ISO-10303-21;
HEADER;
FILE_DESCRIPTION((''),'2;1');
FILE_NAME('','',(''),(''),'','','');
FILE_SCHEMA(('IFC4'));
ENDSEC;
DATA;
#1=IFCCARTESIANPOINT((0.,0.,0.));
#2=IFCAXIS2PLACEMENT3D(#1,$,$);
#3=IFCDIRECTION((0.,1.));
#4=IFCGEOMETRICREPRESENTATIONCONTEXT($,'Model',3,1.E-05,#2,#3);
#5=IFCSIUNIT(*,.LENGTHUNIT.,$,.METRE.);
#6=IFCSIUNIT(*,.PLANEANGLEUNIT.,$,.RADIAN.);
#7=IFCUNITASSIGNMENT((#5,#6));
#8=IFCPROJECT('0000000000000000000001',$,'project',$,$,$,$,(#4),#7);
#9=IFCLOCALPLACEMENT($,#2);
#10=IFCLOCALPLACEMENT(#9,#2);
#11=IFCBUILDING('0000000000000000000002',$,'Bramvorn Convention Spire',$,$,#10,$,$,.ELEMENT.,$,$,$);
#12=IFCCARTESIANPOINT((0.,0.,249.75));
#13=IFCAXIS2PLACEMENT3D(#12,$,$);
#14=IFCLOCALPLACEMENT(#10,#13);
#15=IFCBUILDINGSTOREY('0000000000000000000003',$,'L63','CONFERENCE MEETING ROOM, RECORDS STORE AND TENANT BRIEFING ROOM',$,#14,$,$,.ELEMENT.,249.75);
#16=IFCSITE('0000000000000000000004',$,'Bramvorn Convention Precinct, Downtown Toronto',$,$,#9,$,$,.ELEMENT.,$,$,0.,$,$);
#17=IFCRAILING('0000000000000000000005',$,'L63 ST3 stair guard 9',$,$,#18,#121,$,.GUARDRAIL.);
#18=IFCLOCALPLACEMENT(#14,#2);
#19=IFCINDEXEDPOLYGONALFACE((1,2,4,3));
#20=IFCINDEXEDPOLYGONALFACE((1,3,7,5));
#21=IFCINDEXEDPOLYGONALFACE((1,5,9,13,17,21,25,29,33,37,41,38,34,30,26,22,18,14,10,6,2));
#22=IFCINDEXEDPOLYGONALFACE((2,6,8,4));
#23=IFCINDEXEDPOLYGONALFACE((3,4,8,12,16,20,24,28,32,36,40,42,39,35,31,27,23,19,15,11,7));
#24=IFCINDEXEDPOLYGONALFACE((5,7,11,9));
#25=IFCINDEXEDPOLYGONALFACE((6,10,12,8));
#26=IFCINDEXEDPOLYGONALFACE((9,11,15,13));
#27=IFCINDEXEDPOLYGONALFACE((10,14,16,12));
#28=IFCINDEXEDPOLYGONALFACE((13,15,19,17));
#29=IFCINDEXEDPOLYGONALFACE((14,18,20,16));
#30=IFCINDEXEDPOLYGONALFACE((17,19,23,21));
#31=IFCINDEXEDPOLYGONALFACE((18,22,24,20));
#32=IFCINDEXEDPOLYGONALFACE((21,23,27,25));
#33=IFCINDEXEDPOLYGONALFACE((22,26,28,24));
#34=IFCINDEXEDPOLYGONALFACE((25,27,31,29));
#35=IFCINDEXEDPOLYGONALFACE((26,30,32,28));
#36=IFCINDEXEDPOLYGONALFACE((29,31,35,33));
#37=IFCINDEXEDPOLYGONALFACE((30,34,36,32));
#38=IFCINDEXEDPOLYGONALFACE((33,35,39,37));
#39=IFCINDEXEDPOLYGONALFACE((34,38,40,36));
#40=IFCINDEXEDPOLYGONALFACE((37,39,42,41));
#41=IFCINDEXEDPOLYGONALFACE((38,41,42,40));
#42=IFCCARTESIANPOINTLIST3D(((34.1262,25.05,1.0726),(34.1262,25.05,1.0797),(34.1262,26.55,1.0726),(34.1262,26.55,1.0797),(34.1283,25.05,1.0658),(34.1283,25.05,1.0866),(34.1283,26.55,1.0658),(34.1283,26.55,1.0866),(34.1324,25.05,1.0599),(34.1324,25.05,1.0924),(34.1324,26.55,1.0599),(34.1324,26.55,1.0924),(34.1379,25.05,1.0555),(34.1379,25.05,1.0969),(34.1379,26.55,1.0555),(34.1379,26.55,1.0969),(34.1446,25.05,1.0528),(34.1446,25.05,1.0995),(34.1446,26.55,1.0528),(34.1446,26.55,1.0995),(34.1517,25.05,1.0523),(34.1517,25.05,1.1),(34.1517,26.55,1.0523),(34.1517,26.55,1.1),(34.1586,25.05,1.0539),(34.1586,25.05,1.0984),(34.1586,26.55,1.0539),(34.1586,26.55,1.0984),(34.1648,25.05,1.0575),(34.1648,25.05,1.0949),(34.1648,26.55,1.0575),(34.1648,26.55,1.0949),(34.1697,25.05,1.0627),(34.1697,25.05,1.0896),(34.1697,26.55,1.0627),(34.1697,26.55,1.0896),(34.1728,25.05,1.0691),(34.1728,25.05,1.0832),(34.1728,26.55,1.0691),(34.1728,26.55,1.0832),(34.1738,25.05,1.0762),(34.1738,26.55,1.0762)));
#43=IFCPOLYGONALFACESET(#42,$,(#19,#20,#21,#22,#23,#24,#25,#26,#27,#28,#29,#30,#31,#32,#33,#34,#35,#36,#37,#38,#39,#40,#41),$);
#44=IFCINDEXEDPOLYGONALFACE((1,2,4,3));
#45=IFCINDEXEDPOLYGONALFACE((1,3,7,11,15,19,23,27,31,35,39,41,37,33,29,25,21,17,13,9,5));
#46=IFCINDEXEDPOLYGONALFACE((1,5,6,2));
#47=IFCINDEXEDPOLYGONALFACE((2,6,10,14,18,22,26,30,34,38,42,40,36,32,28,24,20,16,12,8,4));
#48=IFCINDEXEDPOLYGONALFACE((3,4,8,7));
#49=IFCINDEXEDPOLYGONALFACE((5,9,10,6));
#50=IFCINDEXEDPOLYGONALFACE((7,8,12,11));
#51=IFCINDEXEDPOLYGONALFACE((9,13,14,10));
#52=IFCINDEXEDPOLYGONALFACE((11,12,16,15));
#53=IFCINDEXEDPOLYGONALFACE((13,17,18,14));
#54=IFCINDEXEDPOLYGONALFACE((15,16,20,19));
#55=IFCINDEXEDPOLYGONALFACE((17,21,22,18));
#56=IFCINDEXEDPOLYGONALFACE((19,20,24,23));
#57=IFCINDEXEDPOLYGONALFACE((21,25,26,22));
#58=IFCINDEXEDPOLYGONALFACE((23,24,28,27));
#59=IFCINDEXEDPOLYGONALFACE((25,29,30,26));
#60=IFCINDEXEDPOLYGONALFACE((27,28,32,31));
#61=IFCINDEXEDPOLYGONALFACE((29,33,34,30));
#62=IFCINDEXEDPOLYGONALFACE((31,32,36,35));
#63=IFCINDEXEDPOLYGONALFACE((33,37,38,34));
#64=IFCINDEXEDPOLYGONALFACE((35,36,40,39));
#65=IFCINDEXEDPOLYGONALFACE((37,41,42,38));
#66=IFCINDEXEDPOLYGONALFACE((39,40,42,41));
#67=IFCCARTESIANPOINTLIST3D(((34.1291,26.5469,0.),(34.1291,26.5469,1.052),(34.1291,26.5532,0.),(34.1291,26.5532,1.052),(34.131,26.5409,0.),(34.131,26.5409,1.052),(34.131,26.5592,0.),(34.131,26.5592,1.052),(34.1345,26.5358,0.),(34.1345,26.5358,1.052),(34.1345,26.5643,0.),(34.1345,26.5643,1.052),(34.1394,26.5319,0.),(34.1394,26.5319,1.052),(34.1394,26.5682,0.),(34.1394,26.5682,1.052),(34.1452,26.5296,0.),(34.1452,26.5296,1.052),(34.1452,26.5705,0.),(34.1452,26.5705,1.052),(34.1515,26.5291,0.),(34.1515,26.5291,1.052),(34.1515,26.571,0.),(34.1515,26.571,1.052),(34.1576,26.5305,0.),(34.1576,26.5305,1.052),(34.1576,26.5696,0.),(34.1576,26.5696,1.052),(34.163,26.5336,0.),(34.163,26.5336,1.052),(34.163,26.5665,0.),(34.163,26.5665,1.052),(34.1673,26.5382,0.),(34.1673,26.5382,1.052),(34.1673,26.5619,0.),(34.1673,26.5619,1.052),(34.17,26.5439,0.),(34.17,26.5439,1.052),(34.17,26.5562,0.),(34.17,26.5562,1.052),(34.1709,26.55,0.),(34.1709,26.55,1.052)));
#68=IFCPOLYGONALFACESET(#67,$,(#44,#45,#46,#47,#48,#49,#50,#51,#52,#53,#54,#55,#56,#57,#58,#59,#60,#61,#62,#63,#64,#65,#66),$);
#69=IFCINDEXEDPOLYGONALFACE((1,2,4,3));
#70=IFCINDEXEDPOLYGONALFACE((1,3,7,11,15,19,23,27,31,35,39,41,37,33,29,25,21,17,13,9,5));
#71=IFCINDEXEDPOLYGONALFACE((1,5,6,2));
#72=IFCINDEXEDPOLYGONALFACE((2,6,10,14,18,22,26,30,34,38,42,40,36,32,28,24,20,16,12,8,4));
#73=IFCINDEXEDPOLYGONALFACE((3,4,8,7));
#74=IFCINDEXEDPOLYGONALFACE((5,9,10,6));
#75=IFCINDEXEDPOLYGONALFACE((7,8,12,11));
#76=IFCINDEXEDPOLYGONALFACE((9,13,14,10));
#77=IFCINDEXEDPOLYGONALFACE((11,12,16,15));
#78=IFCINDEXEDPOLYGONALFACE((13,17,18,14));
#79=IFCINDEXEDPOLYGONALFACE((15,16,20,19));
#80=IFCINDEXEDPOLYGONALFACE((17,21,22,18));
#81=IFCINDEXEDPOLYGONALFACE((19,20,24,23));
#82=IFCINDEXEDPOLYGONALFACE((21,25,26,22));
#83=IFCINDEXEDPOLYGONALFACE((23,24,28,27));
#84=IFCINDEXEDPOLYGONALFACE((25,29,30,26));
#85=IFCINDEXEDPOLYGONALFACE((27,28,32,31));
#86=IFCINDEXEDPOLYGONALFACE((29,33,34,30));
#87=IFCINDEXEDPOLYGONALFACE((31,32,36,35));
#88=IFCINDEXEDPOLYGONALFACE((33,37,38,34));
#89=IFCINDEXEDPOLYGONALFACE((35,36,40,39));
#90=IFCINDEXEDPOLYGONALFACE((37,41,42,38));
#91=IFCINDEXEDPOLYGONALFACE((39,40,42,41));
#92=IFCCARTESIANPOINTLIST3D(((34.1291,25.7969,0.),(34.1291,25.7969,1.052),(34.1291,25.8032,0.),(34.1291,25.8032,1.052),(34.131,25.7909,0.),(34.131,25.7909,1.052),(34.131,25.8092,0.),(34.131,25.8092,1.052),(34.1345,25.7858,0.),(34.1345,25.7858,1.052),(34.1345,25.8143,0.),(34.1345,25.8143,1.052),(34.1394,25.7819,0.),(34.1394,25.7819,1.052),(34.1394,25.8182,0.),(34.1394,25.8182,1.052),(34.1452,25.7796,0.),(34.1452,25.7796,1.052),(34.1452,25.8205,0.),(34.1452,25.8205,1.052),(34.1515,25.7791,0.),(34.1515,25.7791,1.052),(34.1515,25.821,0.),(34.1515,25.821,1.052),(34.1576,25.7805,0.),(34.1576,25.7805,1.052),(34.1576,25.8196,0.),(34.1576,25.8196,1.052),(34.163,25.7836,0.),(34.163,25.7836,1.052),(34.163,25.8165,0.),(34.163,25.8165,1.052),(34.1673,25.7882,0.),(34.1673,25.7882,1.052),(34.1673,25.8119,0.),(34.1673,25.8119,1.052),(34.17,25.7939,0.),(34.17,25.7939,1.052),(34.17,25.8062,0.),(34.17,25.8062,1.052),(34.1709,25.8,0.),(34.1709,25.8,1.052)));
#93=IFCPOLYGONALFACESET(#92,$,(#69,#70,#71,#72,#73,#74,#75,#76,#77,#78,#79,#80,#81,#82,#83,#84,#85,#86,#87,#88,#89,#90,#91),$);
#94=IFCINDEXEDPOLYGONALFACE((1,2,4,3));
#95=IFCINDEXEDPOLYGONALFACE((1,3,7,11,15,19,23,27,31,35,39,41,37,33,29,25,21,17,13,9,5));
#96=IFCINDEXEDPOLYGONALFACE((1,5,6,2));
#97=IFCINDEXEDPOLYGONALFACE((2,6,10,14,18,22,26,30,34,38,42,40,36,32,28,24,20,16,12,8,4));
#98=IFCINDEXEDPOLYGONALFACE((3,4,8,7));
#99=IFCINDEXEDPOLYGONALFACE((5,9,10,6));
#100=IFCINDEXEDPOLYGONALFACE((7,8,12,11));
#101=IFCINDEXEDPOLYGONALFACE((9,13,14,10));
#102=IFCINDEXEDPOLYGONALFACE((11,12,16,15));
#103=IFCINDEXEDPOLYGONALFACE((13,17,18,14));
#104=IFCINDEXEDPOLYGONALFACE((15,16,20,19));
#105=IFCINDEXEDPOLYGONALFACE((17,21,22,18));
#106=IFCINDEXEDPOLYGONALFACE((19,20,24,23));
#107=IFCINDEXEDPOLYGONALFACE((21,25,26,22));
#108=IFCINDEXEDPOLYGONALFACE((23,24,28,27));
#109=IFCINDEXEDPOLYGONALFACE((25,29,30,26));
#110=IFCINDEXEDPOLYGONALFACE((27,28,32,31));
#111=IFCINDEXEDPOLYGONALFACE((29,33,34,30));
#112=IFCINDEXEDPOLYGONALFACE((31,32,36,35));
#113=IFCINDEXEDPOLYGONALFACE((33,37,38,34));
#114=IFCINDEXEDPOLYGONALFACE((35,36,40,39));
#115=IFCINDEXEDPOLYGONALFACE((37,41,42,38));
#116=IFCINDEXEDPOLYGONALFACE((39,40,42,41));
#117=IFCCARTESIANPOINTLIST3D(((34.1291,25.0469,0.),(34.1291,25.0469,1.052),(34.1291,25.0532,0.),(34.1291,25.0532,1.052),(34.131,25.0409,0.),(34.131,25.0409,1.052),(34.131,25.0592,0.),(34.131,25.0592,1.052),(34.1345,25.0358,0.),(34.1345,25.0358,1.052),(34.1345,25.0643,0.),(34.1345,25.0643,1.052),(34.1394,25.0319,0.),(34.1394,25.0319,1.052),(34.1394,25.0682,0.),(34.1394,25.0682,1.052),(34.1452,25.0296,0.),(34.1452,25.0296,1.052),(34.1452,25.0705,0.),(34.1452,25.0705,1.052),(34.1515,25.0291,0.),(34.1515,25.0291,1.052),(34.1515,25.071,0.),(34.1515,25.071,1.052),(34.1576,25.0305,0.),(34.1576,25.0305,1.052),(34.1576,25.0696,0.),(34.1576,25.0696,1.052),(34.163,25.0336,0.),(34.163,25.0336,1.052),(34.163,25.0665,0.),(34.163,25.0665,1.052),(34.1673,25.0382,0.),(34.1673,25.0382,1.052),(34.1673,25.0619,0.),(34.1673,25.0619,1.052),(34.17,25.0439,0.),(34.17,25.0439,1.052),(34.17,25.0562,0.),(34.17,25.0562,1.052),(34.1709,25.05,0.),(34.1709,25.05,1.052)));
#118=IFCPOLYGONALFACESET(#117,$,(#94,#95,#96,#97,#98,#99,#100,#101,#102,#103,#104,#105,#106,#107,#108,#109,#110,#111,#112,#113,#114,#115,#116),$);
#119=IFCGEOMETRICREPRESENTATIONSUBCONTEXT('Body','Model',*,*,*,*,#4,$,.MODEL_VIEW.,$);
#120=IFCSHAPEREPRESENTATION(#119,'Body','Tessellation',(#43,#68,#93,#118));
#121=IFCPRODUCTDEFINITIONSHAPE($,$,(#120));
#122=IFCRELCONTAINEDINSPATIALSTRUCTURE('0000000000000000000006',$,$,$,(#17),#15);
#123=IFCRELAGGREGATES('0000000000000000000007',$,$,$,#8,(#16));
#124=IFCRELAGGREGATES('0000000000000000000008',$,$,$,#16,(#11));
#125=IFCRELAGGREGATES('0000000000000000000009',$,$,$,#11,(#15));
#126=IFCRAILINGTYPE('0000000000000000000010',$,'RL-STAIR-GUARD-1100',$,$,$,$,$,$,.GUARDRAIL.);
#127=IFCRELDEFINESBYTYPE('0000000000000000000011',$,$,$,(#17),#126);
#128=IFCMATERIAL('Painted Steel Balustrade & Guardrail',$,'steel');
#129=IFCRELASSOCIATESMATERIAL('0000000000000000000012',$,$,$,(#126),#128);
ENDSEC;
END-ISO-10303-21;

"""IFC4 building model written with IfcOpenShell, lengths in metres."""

from ifc_helpers import new_model, si_unit, direction, frame, origin, origin_2d, place, context, subcontext, project, spatial, circle, extrude, material, type_object, element, save


model = new_model("IFC4")

# Units and contexts
model_context = context("Model", 3, precision=1e-05, world=origin(), true_north=direction((0.0, 1.0)))
body_context = subcontext(model_context, "Body", "Model", "MODEL_VIEW")
ifc_project = project(units=[si_unit("LENGTHUNIT", "METRE"), si_unit("PLANEANGLEUNIT", "RADIAN")], contexts=[model_context])

# Site, building, storey
site_placement = place(None, origin())
site = spatial("IfcSite", under=ifc_project, at=site_placement, Name="Bramvorn Convention Precinct, Downtown Toronto", CompositionType="ELEMENT", RefElevation=0.0)
building_placement = place(site_placement, origin())
building = spatial("IfcBuilding", under=site, at=building_placement, Name="Bramvorn Convention Spire", CompositionType="ELEMENT")
storey_placement = place(building_placement, frame((0.0, 0.0, 249.75)))
storey = spatial("IfcBuildingStorey", under=building, at=storey_placement, Name="L63", Description="CONFERENCE MEETING ROOM, RECORDS STORE AND TENANT BRIEFING ROOM", CompositionType="ELEMENT", Elevation=249.75)

# Railing
ifc_material_1 = material(Name="Painted Steel Balustrade & Guardrail", Category="steel")
railing_type_1 = type_object("IfcRailingType", Name="RL-STAIR-GUARD-1100", PredefinedType="GUARDRAIL", material=ifc_material_1)
for number, where, name in (
    (1, (34.1499, 26.55, 0.0), "L63 ST3 stair guard 9"),
):
    element("IfcRailing", number, at=place(storey_placement, frame(where)), inside=storey, type_object=railing_type_1, Name=name, PredefinedType="GUARDRAIL", context=body_context, shape_type="SweptSolid", body=[
        extrude(circle(Radius=0.0239, at=origin_2d()), frame((0.0, 0.0, 1.0762), z_axis=(0.0, -1.0, 0.0), x_axis=(1.0, 0.0, 0.0)), (0.0, 0.0, 1.0), 1.5),
        extrude(circle(Radius=0.021, at=origin_2d()), origin(), (0.0, 0.0, 1.0), 1.052),
        extrude(circle(Radius=0.021, at=origin_2d()), frame((0.0, -0.75, 0.0)), (0.0, 0.0, 1.0), 1.052),
        extrude(circle(Radius=0.021, at=origin_2d()), frame((0.0, -1.5, 0.0)), (0.0, 0.0, 1.0), 1.052),
    ])

save(model, "model.ifc")
